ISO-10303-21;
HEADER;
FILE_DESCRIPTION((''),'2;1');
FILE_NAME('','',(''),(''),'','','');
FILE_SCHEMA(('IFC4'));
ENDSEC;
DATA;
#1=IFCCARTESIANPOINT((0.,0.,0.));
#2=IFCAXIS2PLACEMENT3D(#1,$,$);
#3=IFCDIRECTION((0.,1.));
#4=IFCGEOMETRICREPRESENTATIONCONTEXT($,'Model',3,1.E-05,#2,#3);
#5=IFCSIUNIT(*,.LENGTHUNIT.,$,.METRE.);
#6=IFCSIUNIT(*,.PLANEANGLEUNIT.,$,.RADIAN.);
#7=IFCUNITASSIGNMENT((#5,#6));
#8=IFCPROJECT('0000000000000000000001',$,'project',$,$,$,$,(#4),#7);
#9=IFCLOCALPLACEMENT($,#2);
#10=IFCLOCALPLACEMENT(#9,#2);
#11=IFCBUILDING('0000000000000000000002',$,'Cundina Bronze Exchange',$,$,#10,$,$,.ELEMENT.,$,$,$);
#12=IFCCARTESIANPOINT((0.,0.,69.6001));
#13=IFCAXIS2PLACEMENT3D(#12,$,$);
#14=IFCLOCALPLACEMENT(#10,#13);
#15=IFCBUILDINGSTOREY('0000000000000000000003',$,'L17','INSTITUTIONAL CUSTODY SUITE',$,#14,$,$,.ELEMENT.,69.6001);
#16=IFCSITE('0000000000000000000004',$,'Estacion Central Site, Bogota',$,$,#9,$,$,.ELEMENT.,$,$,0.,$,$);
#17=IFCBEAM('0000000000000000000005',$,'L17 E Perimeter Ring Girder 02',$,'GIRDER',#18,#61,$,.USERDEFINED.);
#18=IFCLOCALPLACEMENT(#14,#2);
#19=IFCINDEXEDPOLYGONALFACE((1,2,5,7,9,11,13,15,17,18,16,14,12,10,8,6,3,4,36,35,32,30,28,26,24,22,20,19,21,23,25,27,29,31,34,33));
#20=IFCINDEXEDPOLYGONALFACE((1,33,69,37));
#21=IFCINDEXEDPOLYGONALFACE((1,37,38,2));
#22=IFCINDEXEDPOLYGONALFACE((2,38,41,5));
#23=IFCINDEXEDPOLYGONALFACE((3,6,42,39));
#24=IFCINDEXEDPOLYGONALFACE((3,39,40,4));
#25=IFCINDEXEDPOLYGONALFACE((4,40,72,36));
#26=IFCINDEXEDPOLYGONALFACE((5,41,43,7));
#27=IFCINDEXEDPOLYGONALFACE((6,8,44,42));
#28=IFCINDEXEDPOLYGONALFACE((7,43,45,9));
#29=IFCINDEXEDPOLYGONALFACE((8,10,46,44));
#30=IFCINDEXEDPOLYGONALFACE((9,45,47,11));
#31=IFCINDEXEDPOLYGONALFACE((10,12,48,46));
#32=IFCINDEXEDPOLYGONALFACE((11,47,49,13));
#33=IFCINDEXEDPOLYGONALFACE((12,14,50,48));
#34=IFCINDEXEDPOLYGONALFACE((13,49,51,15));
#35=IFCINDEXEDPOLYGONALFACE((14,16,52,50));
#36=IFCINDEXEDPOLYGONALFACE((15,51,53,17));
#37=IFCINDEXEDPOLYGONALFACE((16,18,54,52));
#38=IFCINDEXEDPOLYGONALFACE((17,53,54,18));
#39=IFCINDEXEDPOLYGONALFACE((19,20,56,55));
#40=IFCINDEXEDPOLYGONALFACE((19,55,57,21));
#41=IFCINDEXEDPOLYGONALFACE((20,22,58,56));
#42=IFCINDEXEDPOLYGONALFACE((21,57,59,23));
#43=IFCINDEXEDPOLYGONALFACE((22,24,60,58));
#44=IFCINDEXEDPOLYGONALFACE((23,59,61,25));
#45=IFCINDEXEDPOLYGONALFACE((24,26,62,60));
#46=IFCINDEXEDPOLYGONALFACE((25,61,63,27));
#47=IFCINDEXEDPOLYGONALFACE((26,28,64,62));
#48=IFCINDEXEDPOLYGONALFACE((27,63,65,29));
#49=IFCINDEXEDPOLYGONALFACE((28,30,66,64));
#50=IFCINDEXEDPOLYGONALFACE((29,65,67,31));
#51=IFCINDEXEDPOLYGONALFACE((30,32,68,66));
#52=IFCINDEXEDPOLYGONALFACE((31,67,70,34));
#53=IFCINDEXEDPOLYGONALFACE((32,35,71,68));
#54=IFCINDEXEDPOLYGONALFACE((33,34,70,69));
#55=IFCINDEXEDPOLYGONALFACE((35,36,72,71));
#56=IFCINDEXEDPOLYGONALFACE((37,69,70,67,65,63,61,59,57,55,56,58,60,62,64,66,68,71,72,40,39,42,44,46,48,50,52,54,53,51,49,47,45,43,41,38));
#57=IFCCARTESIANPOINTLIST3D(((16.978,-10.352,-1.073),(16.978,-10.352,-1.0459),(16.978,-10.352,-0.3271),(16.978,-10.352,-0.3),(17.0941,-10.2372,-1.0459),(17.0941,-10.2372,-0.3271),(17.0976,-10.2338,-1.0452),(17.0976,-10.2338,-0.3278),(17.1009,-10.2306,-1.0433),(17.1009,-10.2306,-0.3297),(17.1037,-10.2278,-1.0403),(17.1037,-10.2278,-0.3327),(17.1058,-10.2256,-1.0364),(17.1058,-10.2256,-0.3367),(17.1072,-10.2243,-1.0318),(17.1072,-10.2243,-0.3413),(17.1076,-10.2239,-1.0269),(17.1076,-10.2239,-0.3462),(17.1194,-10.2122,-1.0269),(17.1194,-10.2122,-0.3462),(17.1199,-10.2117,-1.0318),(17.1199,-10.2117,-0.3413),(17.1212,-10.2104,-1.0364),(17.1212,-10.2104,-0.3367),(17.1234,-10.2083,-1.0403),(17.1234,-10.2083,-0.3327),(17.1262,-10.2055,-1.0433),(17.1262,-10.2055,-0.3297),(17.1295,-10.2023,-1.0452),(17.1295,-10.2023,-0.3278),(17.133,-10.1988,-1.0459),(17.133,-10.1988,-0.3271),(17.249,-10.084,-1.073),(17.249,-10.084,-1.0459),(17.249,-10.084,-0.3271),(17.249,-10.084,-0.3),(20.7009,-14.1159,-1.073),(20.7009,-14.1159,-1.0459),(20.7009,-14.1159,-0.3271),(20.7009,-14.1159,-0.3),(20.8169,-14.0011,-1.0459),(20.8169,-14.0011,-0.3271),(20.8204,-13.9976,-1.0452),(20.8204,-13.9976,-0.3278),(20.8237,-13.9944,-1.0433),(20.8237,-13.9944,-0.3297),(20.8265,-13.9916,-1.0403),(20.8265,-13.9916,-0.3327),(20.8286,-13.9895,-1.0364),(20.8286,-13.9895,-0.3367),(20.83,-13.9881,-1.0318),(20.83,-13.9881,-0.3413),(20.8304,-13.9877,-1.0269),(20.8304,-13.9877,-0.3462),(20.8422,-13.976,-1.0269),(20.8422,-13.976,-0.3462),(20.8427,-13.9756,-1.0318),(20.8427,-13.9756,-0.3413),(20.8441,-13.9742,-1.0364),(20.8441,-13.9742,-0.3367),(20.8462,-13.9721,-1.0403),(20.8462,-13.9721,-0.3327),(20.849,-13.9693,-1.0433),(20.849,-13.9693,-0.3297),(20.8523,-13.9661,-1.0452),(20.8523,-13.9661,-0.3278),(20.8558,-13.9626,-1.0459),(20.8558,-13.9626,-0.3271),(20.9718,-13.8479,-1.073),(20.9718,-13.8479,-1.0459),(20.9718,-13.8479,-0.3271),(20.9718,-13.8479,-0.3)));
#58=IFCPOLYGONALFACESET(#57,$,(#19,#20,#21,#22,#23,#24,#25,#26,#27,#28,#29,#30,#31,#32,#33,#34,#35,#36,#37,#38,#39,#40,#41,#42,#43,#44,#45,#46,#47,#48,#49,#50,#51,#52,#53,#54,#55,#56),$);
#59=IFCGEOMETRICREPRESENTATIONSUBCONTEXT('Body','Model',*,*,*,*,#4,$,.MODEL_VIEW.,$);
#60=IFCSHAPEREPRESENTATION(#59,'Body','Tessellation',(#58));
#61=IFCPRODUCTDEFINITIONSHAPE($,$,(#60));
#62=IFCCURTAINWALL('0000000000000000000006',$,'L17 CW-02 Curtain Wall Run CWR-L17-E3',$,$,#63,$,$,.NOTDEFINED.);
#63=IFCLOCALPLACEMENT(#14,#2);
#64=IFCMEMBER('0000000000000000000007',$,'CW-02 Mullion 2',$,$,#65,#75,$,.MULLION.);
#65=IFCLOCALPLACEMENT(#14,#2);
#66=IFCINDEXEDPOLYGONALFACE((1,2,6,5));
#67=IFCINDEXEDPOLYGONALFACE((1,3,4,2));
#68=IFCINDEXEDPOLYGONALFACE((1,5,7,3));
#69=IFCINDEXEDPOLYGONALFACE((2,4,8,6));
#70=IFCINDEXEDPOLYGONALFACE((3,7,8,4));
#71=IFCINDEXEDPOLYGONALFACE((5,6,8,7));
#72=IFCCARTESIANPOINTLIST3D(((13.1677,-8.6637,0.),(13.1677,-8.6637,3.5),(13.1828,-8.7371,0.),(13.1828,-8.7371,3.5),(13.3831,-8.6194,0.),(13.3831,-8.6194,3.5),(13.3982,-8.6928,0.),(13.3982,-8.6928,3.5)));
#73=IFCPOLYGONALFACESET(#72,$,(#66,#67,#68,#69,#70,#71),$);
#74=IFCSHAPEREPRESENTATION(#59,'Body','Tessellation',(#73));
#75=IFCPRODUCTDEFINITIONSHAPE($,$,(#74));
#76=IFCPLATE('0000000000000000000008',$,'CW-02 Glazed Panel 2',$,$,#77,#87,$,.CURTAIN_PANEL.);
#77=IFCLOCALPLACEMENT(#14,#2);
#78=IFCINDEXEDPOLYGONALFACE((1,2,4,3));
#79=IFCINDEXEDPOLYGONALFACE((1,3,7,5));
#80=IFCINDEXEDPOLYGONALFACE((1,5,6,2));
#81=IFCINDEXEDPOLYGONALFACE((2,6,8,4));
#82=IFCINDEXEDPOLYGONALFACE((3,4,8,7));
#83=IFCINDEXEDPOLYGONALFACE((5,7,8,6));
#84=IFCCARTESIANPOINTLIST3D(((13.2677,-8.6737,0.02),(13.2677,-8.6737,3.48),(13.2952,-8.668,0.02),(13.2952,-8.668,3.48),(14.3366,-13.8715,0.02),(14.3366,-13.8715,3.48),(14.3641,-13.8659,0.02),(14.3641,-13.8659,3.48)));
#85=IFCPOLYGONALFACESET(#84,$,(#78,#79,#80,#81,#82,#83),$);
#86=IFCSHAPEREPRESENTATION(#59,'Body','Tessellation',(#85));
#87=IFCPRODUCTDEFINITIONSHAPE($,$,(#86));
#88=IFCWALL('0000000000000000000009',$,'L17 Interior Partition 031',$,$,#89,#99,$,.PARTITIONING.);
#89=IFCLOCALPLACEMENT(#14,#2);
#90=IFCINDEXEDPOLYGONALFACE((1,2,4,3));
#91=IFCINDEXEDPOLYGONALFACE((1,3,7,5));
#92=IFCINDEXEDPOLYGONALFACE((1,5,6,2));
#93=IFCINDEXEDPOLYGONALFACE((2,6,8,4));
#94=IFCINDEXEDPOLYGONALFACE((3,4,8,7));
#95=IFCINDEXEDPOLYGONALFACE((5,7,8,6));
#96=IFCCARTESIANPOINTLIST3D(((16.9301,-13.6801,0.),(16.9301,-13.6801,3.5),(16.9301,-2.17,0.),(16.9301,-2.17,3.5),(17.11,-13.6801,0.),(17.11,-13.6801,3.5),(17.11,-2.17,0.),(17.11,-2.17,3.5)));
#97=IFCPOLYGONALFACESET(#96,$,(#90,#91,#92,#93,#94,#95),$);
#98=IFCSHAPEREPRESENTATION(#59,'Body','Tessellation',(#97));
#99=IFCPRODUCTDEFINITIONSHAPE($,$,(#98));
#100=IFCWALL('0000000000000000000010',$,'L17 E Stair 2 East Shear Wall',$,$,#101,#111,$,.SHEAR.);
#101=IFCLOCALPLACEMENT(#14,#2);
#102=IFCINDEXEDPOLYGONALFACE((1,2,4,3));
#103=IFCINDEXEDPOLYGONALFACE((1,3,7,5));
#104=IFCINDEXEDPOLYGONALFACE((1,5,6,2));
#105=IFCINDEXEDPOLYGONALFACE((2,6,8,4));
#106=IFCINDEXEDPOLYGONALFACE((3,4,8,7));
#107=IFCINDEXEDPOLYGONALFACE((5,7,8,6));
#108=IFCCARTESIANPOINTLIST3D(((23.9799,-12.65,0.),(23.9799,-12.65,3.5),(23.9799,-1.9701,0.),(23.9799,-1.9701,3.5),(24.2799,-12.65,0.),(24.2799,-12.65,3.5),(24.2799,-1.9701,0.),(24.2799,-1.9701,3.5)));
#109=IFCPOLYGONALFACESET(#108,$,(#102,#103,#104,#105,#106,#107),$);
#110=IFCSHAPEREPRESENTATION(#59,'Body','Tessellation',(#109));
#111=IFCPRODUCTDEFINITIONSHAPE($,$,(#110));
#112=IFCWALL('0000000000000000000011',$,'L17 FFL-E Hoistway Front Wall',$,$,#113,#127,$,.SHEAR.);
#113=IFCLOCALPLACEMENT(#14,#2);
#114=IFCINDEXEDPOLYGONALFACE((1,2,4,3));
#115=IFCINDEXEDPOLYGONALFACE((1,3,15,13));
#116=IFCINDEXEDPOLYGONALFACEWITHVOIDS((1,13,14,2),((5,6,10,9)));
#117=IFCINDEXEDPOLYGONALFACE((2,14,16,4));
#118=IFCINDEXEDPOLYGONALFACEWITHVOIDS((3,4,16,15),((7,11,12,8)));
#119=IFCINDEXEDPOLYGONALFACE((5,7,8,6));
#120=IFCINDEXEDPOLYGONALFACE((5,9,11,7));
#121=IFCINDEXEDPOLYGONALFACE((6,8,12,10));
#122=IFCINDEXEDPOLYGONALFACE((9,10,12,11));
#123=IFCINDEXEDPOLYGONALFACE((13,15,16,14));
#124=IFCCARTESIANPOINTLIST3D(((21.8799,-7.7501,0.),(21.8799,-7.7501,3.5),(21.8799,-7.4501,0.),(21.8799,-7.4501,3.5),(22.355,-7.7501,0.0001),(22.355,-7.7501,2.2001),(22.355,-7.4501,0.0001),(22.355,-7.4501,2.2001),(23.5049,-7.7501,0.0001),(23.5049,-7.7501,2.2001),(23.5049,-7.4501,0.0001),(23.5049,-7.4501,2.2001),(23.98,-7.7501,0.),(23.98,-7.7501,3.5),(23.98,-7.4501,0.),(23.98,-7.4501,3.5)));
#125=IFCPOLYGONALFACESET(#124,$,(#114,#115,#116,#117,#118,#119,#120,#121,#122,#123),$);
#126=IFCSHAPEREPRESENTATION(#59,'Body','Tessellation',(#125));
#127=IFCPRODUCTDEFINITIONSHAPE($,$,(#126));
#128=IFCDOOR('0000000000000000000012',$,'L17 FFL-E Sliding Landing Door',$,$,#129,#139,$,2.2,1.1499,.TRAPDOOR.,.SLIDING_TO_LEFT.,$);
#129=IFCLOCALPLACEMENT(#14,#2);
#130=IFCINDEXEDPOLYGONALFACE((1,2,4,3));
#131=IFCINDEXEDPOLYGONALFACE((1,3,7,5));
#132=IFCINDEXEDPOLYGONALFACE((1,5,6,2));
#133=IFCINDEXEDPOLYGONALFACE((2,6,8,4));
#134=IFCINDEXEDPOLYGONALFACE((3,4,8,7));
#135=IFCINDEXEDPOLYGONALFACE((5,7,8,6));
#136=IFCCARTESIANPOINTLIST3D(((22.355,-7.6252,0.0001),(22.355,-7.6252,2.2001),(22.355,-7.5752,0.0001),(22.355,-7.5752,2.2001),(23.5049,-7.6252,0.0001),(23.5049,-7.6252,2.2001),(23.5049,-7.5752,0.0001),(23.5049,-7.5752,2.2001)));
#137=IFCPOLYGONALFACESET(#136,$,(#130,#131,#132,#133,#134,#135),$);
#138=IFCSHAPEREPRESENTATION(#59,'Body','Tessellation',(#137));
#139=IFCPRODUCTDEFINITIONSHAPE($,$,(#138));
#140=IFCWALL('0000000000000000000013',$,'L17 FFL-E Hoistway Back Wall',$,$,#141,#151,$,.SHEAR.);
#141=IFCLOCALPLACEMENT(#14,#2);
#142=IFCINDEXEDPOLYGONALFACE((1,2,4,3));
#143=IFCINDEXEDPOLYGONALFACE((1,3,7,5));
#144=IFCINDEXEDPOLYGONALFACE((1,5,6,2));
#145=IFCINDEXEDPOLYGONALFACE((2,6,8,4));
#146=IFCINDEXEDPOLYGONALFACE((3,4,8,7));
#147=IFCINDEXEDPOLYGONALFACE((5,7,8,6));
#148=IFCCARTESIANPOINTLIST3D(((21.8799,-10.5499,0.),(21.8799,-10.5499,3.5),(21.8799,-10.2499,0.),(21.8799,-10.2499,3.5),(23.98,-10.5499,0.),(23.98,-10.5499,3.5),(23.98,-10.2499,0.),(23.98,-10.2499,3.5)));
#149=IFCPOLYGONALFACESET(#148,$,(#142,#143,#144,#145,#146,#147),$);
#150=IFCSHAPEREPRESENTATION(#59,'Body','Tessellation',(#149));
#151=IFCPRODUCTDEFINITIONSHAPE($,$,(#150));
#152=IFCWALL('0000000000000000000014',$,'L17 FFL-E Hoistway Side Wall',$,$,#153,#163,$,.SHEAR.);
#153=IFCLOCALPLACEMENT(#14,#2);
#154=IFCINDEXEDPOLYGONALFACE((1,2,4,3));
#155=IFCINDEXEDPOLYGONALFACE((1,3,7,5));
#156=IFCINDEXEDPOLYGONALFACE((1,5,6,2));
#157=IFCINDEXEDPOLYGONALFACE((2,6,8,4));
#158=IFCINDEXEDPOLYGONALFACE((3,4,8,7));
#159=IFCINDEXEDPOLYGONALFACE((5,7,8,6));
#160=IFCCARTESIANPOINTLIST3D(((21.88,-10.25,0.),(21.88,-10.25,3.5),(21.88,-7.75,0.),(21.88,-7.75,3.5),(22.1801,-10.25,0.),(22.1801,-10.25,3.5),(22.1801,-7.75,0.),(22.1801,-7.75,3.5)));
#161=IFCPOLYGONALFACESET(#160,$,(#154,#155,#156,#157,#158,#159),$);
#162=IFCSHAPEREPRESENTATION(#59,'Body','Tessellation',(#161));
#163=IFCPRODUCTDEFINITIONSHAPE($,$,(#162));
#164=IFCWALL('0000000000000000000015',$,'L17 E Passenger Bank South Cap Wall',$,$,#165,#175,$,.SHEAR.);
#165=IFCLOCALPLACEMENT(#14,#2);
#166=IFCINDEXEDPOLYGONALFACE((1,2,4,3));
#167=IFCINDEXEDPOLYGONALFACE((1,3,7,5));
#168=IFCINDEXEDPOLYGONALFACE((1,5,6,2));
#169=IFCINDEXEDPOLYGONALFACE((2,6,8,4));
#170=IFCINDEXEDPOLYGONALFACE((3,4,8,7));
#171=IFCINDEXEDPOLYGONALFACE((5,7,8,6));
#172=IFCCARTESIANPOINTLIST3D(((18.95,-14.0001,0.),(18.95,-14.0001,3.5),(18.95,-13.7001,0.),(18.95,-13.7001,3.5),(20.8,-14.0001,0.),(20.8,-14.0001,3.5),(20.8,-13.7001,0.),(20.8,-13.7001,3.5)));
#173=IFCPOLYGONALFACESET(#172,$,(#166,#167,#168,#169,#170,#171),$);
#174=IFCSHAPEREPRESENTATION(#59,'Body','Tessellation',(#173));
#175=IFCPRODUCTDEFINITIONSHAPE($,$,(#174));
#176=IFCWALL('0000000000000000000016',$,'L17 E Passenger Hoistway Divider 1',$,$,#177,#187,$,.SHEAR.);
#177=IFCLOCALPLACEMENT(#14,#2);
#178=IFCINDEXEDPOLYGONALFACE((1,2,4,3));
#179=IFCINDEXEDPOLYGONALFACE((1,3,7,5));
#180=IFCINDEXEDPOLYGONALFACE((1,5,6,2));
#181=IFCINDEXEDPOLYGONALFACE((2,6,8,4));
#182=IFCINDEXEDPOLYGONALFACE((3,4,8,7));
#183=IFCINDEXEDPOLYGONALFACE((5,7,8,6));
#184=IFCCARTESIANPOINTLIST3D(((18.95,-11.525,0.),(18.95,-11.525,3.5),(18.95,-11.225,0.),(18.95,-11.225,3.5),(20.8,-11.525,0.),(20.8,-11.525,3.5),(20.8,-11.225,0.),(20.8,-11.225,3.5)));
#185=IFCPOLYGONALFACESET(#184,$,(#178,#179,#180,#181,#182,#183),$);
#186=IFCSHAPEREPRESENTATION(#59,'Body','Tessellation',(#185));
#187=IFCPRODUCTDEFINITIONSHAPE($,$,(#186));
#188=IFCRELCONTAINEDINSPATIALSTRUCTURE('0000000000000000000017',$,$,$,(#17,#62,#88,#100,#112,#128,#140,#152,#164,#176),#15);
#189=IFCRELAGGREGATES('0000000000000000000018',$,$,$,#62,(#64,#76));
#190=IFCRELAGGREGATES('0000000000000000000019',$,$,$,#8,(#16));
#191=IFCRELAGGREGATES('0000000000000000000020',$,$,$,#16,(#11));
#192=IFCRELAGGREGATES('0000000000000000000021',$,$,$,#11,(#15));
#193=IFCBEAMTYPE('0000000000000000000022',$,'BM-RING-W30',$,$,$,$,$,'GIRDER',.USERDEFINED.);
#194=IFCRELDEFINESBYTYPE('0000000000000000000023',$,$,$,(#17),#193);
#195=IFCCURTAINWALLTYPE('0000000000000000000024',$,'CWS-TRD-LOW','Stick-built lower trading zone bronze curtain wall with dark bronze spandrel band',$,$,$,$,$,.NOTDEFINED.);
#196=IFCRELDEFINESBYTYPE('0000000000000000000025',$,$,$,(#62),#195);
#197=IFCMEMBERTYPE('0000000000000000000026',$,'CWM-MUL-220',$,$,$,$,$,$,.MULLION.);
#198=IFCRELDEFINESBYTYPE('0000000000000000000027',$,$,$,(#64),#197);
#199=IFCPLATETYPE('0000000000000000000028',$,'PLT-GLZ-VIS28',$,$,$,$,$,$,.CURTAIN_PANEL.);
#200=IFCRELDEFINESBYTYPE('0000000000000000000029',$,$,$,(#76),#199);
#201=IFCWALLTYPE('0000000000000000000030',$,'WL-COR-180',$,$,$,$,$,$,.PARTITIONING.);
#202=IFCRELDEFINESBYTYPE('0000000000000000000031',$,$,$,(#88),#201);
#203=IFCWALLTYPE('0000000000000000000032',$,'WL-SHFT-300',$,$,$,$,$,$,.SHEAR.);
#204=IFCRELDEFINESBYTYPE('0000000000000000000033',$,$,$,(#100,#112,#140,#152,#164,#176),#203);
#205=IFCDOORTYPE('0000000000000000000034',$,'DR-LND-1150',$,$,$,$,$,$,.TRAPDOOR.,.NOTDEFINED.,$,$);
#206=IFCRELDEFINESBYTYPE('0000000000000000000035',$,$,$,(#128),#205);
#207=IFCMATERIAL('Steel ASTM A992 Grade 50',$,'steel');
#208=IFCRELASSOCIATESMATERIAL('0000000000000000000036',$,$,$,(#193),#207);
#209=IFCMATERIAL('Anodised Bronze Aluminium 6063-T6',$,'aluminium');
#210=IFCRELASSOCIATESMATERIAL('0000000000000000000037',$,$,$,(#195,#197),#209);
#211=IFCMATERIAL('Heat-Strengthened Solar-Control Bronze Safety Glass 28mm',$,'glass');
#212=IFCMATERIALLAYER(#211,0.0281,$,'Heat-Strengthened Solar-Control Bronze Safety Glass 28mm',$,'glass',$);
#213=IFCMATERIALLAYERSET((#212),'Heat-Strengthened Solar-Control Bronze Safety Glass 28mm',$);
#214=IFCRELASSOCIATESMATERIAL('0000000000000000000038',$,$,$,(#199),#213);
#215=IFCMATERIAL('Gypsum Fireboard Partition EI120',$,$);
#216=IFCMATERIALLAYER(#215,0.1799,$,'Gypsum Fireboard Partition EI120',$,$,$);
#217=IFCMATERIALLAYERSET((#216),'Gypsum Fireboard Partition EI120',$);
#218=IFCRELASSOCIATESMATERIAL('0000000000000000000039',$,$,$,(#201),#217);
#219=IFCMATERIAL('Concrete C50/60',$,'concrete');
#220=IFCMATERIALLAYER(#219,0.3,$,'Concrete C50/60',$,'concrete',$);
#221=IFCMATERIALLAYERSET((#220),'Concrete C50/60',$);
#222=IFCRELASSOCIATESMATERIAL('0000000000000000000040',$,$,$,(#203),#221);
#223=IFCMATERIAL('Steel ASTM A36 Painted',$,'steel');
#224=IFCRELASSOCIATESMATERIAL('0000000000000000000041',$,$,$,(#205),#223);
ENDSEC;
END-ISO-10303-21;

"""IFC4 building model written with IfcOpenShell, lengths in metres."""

from ifc_helpers import new_model, si_unit, direction, frame, frame_2d, origin, origin_2d, place, context, subcontext, project, spatial, rectangle, i_section, extrude, material, layer, layer_set, material_profile, profile_set, type_object, element, fill, aggregate, save


model = new_model("IFC4")

# Units and contexts
model_context = context("Model", 3, precision=1e-05, world=origin(), true_north=direction((0.0, 1.0)))
body_context = subcontext(model_context, "Body", "Model", "MODEL_VIEW")
ifc_project = project(units=[si_unit("LENGTHUNIT", "METRE"), si_unit("PLANEANGLEUNIT", "RADIAN")], contexts=[model_context])

# Site, building, storey
site_placement = place(None, origin())
site = spatial("IfcSite", under=ifc_project, at=site_placement, Name="Estacion Central Site, Bogota", CompositionType="ELEMENT", RefElevation=0.0)
building_placement = place(site_placement, origin())
building = spatial("IfcBuilding", under=site, at=building_placement, Name="Cundina Bronze Exchange", CompositionType="ELEMENT")
storey_placement = place(building_placement, frame((0.0, 0.0, 69.6001)))
storey = spatial("IfcBuildingStorey", under=building, at=storey_placement, Name="L17", Description="INSTITUTIONAL CUSTODY SUITE", CompositionType="ELEMENT", Elevation=69.6001)

# Beam
ifc_material_1 = material(Name="Steel ASTM A992 Grade 50", Category="steel")
ifc_material_profile_1 = material_profile(ifc_material_1, i_section(OverallWidth=0.3811, OverallDepth=0.7729, WebThickness=0.0166, FlangeThickness=0.0271, FilletRadius=0.019, at=origin_2d()), Name="W30X173", Category="steel")
ifc_profile_set_1 = profile_set([ifc_material_profile_1], Name="Steel ASTM A992 Grade 50")
beam_type_1 = type_object("IfcBeamType", Name="BM-RING-W30", ElementType="GIRDER", PredefinedType="USERDEFINED", material=ifc_profile_set_1)
beam_1_placement = place(storey_placement, frame((17.1135, -10.218, -0.6865), z_axis=(0.703222, -0.71097, 0.0), x_axis=(0.71097, 0.703222, 0.0)))
element("IfcBeam", 1, at=beam_1_placement, inside=storey, type_object=beam_type_1, Name="L17 E Perimeter Ring Girder 02", ObjectType="GIRDER", PredefinedType="USERDEFINED", context=body_context, shape_type="SweptSolid", body=[
    extrude(i_section(OverallWidth=0.3811, OverallDepth=0.7729, WebThickness=0.0166, FlangeThickness=0.0271, FilletRadius=0.019, at=origin_2d()), origin(), (0.0, 0.0, 1.0), 5.2939),
])

# Curtain wall, member, plate
ifc_material_2 = material(Name="Anodised Bronze Aluminium 6063-T6", Category="aluminium")
curtain_wall_type = type_object("IfcCurtainWallType", Name="CWS-TRD-LOW", Description="Stick-built lower trading zone bronze curtain wall with dark bronze spandrel band", PredefinedType="NOTDEFINED", material=ifc_material_2)
curtain_wall_placement = place(storey_placement, origin())
curtain_wall = element("IfcCurtainWall", 2, at=curtain_wall_placement, inside=storey, type_object=curtain_wall_type, Name="L17 CW-02 Curtain Wall Run CWR-L17-E3", PredefinedType="NOTDEFINED")
ifc_material_profile_2 = material_profile(ifc_material_2, rectangle(XDim=0.075, YDim=0.22, at=origin_2d()), Name="AL75X220", Category="aluminium")
ifc_profile_set_2 = profile_set([ifc_material_profile_2], Name="Anodised Bronze Aluminium 6063-T6")
member_type = type_object("IfcMemberType", Name="CWM-MUL-220", PredefinedType="MULLION", material=ifc_profile_set_2)
member_placement = place(storey_placement, frame((13.283, -8.6782, 0.0), z_axis=(0.0, 0.0, 1.0), x_axis=(0.20142, -0.979505, 0.0)))
member = element("IfcMember", 3, at=member_placement, type_object=member_type, Name="CW-02 Mullion 2", PredefinedType="MULLION", context=body_context, shape_type="SweptSolid", body=[
    extrude(rectangle(XDim=0.075, YDim=0.22, at=origin_2d()), origin(), (0.0, 0.0, 1.0), 3.5),
])
ifc_material_3 = material(Name="Heat-Strengthened Solar-Control Bronze Safety Glass 28mm", Category="glass")
ifc_layer_1 = layer(ifc_material_3, 0.0281, Name="Heat-Strengthened Solar-Control Bronze Safety Glass 28mm", Category="glass")
ifc_layer_set_1 = layer_set([ifc_layer_1], Name="Heat-Strengthened Solar-Control Bronze Safety Glass 28mm")
plate_type = type_object("IfcPlateType", Name="PLT-GLZ-VIS28", PredefinedType="CURTAIN_PANEL", material=ifc_layer_set_1)
plate_placement = place(storey_placement, frame((13.8159, -11.2698, 0.02), z_axis=(0.0, 0.0, 1.0), x_axis=(0.20142, -0.979505, 0.0)))
plate = element("IfcPlate", 4, at=plate_placement, type_object=plate_type, Name="CW-02 Glazed Panel 2", PredefinedType="CURTAIN_PANEL", context=body_context, shape_type="SweptSolid", body=[
    extrude(rectangle(XDim=5.3066, YDim=0.0281, at=origin_2d()), origin(), (0.0, 0.0, 1.0), 3.46),
])
aggregate(curtain_wall, [member, plate])

# Walls
ifc_material_4 = material(Name="Gypsum Fireboard Partition EI120")
ifc_layer_2 = layer(ifc_material_4, 0.1799, Name="Gypsum Fireboard Partition EI120")
ifc_layer_set_2 = layer_set([ifc_layer_2], Name="Gypsum Fireboard Partition EI120")
wall_type_1 = type_object("IfcWallType", Name="WL-COR-180", PredefinedType="PARTITIONING", material=ifc_layer_set_2)
wall_1_placement = place(storey_placement, frame((17.02, -13.6799, 0.0), z_axis=(0.0, 0.0, 1.0), x_axis=(0.0, 1.0, 0.0)))
element("IfcWall", 5, at=wall_1_placement, inside=storey, type_object=wall_type_1, Name="L17 Interior Partition 031", PredefinedType="PARTITIONING", context=body_context, shape_type="SweptSolid", body=[
    extrude(rectangle(XDim=11.51, YDim=0.1799, at=frame_2d((5.7549, 0.0))), origin(), (0.0, 0.0, 1.0), 3.5),
])
ifc_material_5 = material(Name="Concrete C50/60", Category="concrete")
ifc_layer_3 = layer(ifc_material_5, 0.3, Name="Concrete C50/60", Category="concrete")
ifc_layer_set_3 = layer_set([ifc_layer_3], Name="Concrete C50/60")
wall_type_2 = type_object("IfcWallType", Name="WL-SHFT-300", PredefinedType="SHEAR", material=ifc_layer_set_3)
wall_2_placement = place(storey_placement, frame((24.1299, -12.6499, 0.0), z_axis=(0.0, 0.0, 1.0), x_axis=(0.0, 1.0, 0.0)))
element("IfcWall", 6, at=wall_2_placement, inside=storey, type_object=wall_type_2, Name="L17 E Stair 2 East Shear Wall", PredefinedType="SHEAR", context=body_context, shape_type="SweptSolid", body=[
    extrude(rectangle(XDim=10.6799, YDim=0.3, at=frame_2d((5.3398, 0.0))), origin(), (0.0, 0.0, 1.0), 3.5),
])

# Wall, opening, door
ifc_material_6 = material(Name="Steel ASTM A36 Painted", Category="steel")
wall_3_placement = place(storey_placement, frame((21.8799, -7.6001, 0.0), z_axis=(0.0, 0.0, 1.0), x_axis=(1.0, 0.0, 0.0)))
wall_3 = element("IfcWall", 7, at=wall_3_placement, inside=storey, type_object=wall_type_2, Name="L17 FFL-E Hoistway Front Wall", PredefinedType="SHEAR", context=body_context, shape_type="SweptSolid", body=[
    extrude(rectangle(XDim=2.1001, YDim=0.3, at=frame_2d((1.05, 0.0))), origin(), (0.0, 0.0, 1.0), 3.5),
])
opening_1_placement = place(wall_3_placement, frame((0.4751, 0.0, 0.0)))
opening_1 = element("IfcOpeningElement", 8, at=opening_1_placement, cuts=wall_3, PredefinedType="OPENING", context=body_context, shape_type="SweptSolid", body=[
    extrude(rectangle(XDim=1.1499, YDim=2.2, at=frame_2d((0.575, 1.1001))), frame((0.0, 0.1599, 0.0), z_axis=(0.0, -1.0, 0.0), x_axis=(1.0, 0.0, 0.0)), (0.0, 0.0, 1.0), 0.3201),
])
door_type_1 = type_object("IfcDoorType", Name="DR-LND-1150", OperationType="NOTDEFINED", PredefinedType="TRAPDOOR", material=ifc_material_6)
door_1_placement = place(opening_1_placement, origin())
door_1 = element("IfcDoor", 9, at=door_1_placement, inside=storey, type_object=door_type_1, Name="L17 FFL-E Sliding Landing Door", OperationType="SLIDING_TO_LEFT", OverallHeight=2.2, OverallWidth=1.1499, PredefinedType="TRAPDOOR", context=body_context, shape_type="SweptSolid", body=[
    extrude(rectangle(XDim=1.1499, YDim=2.2, at=frame_2d((0.575, 1.1001))), frame((0.0, 0.0249, 0.0), z_axis=(0.0, -1.0, 0.0), x_axis=(1.0, 0.0, 0.0)), (0.0, 0.0, 1.0), 0.05),
])
fill(opening_1, door_1)

# Walls
wall_4_placement = place(storey_placement, frame((21.8799, -10.3999, 0.0), z_axis=(0.0, 0.0, 1.0), x_axis=(1.0, 0.0, 0.0)))
element("IfcWall", 10, at=wall_4_placement, inside=storey, type_object=wall_type_2, Name="L17 FFL-E Hoistway Back Wall", PredefinedType="SHEAR", context=body_context, shape_type="SweptSolid", body=[
    extrude(rectangle(XDim=2.1001, YDim=0.3, at=frame_2d((1.05, 0.0))), origin(), (0.0, 0.0, 1.0), 3.5),
])
wall_5_placement = place(storey_placement, frame((22.03, -10.25, 0.0), z_axis=(0.0, 0.0, 1.0), x_axis=(0.0, 1.0, 0.0)))
element("IfcWall", 11, at=wall_5_placement, inside=storey, type_object=wall_type_2, Name="L17 FFL-E Hoistway Side Wall", PredefinedType="SHEAR", context=body_context, shape_type="SweptSolid", body=[
    extrude(rectangle(XDim=2.5, YDim=0.3, at=frame_2d((1.25, 0.0))), origin(), (0.0, 0.0, 1.0), 3.5),
])
for number, where, z_axis, x_axis, name in (
    (12, (18.95, -13.8501, 0.0), (0.0, 0.0, 1.0), (1.0, 0.0, 0.0), "L17 E Passenger Bank South Cap Wall"),
    (13, (18.95, -11.375, 0.0), (0.0, 0.0, 1.0), (1.0, 0.0, 0.0), "L17 E Passenger Hoistway Divider 1"),
):
    element("IfcWall", number, at=place(storey_placement, frame(where, z_axis=z_axis, x_axis=x_axis)), inside=storey, type_object=wall_type_2, Name=name, PredefinedType="SHEAR", context=body_context, shape_type="SweptSolid", body=[
        extrude(rectangle(XDim=1.8501, YDim=0.3, at=frame_2d((0.925, 0.0))), origin(), (0.0, 0.0, 1.0), 3.5),
    ])

save(model, "model.ifc")
